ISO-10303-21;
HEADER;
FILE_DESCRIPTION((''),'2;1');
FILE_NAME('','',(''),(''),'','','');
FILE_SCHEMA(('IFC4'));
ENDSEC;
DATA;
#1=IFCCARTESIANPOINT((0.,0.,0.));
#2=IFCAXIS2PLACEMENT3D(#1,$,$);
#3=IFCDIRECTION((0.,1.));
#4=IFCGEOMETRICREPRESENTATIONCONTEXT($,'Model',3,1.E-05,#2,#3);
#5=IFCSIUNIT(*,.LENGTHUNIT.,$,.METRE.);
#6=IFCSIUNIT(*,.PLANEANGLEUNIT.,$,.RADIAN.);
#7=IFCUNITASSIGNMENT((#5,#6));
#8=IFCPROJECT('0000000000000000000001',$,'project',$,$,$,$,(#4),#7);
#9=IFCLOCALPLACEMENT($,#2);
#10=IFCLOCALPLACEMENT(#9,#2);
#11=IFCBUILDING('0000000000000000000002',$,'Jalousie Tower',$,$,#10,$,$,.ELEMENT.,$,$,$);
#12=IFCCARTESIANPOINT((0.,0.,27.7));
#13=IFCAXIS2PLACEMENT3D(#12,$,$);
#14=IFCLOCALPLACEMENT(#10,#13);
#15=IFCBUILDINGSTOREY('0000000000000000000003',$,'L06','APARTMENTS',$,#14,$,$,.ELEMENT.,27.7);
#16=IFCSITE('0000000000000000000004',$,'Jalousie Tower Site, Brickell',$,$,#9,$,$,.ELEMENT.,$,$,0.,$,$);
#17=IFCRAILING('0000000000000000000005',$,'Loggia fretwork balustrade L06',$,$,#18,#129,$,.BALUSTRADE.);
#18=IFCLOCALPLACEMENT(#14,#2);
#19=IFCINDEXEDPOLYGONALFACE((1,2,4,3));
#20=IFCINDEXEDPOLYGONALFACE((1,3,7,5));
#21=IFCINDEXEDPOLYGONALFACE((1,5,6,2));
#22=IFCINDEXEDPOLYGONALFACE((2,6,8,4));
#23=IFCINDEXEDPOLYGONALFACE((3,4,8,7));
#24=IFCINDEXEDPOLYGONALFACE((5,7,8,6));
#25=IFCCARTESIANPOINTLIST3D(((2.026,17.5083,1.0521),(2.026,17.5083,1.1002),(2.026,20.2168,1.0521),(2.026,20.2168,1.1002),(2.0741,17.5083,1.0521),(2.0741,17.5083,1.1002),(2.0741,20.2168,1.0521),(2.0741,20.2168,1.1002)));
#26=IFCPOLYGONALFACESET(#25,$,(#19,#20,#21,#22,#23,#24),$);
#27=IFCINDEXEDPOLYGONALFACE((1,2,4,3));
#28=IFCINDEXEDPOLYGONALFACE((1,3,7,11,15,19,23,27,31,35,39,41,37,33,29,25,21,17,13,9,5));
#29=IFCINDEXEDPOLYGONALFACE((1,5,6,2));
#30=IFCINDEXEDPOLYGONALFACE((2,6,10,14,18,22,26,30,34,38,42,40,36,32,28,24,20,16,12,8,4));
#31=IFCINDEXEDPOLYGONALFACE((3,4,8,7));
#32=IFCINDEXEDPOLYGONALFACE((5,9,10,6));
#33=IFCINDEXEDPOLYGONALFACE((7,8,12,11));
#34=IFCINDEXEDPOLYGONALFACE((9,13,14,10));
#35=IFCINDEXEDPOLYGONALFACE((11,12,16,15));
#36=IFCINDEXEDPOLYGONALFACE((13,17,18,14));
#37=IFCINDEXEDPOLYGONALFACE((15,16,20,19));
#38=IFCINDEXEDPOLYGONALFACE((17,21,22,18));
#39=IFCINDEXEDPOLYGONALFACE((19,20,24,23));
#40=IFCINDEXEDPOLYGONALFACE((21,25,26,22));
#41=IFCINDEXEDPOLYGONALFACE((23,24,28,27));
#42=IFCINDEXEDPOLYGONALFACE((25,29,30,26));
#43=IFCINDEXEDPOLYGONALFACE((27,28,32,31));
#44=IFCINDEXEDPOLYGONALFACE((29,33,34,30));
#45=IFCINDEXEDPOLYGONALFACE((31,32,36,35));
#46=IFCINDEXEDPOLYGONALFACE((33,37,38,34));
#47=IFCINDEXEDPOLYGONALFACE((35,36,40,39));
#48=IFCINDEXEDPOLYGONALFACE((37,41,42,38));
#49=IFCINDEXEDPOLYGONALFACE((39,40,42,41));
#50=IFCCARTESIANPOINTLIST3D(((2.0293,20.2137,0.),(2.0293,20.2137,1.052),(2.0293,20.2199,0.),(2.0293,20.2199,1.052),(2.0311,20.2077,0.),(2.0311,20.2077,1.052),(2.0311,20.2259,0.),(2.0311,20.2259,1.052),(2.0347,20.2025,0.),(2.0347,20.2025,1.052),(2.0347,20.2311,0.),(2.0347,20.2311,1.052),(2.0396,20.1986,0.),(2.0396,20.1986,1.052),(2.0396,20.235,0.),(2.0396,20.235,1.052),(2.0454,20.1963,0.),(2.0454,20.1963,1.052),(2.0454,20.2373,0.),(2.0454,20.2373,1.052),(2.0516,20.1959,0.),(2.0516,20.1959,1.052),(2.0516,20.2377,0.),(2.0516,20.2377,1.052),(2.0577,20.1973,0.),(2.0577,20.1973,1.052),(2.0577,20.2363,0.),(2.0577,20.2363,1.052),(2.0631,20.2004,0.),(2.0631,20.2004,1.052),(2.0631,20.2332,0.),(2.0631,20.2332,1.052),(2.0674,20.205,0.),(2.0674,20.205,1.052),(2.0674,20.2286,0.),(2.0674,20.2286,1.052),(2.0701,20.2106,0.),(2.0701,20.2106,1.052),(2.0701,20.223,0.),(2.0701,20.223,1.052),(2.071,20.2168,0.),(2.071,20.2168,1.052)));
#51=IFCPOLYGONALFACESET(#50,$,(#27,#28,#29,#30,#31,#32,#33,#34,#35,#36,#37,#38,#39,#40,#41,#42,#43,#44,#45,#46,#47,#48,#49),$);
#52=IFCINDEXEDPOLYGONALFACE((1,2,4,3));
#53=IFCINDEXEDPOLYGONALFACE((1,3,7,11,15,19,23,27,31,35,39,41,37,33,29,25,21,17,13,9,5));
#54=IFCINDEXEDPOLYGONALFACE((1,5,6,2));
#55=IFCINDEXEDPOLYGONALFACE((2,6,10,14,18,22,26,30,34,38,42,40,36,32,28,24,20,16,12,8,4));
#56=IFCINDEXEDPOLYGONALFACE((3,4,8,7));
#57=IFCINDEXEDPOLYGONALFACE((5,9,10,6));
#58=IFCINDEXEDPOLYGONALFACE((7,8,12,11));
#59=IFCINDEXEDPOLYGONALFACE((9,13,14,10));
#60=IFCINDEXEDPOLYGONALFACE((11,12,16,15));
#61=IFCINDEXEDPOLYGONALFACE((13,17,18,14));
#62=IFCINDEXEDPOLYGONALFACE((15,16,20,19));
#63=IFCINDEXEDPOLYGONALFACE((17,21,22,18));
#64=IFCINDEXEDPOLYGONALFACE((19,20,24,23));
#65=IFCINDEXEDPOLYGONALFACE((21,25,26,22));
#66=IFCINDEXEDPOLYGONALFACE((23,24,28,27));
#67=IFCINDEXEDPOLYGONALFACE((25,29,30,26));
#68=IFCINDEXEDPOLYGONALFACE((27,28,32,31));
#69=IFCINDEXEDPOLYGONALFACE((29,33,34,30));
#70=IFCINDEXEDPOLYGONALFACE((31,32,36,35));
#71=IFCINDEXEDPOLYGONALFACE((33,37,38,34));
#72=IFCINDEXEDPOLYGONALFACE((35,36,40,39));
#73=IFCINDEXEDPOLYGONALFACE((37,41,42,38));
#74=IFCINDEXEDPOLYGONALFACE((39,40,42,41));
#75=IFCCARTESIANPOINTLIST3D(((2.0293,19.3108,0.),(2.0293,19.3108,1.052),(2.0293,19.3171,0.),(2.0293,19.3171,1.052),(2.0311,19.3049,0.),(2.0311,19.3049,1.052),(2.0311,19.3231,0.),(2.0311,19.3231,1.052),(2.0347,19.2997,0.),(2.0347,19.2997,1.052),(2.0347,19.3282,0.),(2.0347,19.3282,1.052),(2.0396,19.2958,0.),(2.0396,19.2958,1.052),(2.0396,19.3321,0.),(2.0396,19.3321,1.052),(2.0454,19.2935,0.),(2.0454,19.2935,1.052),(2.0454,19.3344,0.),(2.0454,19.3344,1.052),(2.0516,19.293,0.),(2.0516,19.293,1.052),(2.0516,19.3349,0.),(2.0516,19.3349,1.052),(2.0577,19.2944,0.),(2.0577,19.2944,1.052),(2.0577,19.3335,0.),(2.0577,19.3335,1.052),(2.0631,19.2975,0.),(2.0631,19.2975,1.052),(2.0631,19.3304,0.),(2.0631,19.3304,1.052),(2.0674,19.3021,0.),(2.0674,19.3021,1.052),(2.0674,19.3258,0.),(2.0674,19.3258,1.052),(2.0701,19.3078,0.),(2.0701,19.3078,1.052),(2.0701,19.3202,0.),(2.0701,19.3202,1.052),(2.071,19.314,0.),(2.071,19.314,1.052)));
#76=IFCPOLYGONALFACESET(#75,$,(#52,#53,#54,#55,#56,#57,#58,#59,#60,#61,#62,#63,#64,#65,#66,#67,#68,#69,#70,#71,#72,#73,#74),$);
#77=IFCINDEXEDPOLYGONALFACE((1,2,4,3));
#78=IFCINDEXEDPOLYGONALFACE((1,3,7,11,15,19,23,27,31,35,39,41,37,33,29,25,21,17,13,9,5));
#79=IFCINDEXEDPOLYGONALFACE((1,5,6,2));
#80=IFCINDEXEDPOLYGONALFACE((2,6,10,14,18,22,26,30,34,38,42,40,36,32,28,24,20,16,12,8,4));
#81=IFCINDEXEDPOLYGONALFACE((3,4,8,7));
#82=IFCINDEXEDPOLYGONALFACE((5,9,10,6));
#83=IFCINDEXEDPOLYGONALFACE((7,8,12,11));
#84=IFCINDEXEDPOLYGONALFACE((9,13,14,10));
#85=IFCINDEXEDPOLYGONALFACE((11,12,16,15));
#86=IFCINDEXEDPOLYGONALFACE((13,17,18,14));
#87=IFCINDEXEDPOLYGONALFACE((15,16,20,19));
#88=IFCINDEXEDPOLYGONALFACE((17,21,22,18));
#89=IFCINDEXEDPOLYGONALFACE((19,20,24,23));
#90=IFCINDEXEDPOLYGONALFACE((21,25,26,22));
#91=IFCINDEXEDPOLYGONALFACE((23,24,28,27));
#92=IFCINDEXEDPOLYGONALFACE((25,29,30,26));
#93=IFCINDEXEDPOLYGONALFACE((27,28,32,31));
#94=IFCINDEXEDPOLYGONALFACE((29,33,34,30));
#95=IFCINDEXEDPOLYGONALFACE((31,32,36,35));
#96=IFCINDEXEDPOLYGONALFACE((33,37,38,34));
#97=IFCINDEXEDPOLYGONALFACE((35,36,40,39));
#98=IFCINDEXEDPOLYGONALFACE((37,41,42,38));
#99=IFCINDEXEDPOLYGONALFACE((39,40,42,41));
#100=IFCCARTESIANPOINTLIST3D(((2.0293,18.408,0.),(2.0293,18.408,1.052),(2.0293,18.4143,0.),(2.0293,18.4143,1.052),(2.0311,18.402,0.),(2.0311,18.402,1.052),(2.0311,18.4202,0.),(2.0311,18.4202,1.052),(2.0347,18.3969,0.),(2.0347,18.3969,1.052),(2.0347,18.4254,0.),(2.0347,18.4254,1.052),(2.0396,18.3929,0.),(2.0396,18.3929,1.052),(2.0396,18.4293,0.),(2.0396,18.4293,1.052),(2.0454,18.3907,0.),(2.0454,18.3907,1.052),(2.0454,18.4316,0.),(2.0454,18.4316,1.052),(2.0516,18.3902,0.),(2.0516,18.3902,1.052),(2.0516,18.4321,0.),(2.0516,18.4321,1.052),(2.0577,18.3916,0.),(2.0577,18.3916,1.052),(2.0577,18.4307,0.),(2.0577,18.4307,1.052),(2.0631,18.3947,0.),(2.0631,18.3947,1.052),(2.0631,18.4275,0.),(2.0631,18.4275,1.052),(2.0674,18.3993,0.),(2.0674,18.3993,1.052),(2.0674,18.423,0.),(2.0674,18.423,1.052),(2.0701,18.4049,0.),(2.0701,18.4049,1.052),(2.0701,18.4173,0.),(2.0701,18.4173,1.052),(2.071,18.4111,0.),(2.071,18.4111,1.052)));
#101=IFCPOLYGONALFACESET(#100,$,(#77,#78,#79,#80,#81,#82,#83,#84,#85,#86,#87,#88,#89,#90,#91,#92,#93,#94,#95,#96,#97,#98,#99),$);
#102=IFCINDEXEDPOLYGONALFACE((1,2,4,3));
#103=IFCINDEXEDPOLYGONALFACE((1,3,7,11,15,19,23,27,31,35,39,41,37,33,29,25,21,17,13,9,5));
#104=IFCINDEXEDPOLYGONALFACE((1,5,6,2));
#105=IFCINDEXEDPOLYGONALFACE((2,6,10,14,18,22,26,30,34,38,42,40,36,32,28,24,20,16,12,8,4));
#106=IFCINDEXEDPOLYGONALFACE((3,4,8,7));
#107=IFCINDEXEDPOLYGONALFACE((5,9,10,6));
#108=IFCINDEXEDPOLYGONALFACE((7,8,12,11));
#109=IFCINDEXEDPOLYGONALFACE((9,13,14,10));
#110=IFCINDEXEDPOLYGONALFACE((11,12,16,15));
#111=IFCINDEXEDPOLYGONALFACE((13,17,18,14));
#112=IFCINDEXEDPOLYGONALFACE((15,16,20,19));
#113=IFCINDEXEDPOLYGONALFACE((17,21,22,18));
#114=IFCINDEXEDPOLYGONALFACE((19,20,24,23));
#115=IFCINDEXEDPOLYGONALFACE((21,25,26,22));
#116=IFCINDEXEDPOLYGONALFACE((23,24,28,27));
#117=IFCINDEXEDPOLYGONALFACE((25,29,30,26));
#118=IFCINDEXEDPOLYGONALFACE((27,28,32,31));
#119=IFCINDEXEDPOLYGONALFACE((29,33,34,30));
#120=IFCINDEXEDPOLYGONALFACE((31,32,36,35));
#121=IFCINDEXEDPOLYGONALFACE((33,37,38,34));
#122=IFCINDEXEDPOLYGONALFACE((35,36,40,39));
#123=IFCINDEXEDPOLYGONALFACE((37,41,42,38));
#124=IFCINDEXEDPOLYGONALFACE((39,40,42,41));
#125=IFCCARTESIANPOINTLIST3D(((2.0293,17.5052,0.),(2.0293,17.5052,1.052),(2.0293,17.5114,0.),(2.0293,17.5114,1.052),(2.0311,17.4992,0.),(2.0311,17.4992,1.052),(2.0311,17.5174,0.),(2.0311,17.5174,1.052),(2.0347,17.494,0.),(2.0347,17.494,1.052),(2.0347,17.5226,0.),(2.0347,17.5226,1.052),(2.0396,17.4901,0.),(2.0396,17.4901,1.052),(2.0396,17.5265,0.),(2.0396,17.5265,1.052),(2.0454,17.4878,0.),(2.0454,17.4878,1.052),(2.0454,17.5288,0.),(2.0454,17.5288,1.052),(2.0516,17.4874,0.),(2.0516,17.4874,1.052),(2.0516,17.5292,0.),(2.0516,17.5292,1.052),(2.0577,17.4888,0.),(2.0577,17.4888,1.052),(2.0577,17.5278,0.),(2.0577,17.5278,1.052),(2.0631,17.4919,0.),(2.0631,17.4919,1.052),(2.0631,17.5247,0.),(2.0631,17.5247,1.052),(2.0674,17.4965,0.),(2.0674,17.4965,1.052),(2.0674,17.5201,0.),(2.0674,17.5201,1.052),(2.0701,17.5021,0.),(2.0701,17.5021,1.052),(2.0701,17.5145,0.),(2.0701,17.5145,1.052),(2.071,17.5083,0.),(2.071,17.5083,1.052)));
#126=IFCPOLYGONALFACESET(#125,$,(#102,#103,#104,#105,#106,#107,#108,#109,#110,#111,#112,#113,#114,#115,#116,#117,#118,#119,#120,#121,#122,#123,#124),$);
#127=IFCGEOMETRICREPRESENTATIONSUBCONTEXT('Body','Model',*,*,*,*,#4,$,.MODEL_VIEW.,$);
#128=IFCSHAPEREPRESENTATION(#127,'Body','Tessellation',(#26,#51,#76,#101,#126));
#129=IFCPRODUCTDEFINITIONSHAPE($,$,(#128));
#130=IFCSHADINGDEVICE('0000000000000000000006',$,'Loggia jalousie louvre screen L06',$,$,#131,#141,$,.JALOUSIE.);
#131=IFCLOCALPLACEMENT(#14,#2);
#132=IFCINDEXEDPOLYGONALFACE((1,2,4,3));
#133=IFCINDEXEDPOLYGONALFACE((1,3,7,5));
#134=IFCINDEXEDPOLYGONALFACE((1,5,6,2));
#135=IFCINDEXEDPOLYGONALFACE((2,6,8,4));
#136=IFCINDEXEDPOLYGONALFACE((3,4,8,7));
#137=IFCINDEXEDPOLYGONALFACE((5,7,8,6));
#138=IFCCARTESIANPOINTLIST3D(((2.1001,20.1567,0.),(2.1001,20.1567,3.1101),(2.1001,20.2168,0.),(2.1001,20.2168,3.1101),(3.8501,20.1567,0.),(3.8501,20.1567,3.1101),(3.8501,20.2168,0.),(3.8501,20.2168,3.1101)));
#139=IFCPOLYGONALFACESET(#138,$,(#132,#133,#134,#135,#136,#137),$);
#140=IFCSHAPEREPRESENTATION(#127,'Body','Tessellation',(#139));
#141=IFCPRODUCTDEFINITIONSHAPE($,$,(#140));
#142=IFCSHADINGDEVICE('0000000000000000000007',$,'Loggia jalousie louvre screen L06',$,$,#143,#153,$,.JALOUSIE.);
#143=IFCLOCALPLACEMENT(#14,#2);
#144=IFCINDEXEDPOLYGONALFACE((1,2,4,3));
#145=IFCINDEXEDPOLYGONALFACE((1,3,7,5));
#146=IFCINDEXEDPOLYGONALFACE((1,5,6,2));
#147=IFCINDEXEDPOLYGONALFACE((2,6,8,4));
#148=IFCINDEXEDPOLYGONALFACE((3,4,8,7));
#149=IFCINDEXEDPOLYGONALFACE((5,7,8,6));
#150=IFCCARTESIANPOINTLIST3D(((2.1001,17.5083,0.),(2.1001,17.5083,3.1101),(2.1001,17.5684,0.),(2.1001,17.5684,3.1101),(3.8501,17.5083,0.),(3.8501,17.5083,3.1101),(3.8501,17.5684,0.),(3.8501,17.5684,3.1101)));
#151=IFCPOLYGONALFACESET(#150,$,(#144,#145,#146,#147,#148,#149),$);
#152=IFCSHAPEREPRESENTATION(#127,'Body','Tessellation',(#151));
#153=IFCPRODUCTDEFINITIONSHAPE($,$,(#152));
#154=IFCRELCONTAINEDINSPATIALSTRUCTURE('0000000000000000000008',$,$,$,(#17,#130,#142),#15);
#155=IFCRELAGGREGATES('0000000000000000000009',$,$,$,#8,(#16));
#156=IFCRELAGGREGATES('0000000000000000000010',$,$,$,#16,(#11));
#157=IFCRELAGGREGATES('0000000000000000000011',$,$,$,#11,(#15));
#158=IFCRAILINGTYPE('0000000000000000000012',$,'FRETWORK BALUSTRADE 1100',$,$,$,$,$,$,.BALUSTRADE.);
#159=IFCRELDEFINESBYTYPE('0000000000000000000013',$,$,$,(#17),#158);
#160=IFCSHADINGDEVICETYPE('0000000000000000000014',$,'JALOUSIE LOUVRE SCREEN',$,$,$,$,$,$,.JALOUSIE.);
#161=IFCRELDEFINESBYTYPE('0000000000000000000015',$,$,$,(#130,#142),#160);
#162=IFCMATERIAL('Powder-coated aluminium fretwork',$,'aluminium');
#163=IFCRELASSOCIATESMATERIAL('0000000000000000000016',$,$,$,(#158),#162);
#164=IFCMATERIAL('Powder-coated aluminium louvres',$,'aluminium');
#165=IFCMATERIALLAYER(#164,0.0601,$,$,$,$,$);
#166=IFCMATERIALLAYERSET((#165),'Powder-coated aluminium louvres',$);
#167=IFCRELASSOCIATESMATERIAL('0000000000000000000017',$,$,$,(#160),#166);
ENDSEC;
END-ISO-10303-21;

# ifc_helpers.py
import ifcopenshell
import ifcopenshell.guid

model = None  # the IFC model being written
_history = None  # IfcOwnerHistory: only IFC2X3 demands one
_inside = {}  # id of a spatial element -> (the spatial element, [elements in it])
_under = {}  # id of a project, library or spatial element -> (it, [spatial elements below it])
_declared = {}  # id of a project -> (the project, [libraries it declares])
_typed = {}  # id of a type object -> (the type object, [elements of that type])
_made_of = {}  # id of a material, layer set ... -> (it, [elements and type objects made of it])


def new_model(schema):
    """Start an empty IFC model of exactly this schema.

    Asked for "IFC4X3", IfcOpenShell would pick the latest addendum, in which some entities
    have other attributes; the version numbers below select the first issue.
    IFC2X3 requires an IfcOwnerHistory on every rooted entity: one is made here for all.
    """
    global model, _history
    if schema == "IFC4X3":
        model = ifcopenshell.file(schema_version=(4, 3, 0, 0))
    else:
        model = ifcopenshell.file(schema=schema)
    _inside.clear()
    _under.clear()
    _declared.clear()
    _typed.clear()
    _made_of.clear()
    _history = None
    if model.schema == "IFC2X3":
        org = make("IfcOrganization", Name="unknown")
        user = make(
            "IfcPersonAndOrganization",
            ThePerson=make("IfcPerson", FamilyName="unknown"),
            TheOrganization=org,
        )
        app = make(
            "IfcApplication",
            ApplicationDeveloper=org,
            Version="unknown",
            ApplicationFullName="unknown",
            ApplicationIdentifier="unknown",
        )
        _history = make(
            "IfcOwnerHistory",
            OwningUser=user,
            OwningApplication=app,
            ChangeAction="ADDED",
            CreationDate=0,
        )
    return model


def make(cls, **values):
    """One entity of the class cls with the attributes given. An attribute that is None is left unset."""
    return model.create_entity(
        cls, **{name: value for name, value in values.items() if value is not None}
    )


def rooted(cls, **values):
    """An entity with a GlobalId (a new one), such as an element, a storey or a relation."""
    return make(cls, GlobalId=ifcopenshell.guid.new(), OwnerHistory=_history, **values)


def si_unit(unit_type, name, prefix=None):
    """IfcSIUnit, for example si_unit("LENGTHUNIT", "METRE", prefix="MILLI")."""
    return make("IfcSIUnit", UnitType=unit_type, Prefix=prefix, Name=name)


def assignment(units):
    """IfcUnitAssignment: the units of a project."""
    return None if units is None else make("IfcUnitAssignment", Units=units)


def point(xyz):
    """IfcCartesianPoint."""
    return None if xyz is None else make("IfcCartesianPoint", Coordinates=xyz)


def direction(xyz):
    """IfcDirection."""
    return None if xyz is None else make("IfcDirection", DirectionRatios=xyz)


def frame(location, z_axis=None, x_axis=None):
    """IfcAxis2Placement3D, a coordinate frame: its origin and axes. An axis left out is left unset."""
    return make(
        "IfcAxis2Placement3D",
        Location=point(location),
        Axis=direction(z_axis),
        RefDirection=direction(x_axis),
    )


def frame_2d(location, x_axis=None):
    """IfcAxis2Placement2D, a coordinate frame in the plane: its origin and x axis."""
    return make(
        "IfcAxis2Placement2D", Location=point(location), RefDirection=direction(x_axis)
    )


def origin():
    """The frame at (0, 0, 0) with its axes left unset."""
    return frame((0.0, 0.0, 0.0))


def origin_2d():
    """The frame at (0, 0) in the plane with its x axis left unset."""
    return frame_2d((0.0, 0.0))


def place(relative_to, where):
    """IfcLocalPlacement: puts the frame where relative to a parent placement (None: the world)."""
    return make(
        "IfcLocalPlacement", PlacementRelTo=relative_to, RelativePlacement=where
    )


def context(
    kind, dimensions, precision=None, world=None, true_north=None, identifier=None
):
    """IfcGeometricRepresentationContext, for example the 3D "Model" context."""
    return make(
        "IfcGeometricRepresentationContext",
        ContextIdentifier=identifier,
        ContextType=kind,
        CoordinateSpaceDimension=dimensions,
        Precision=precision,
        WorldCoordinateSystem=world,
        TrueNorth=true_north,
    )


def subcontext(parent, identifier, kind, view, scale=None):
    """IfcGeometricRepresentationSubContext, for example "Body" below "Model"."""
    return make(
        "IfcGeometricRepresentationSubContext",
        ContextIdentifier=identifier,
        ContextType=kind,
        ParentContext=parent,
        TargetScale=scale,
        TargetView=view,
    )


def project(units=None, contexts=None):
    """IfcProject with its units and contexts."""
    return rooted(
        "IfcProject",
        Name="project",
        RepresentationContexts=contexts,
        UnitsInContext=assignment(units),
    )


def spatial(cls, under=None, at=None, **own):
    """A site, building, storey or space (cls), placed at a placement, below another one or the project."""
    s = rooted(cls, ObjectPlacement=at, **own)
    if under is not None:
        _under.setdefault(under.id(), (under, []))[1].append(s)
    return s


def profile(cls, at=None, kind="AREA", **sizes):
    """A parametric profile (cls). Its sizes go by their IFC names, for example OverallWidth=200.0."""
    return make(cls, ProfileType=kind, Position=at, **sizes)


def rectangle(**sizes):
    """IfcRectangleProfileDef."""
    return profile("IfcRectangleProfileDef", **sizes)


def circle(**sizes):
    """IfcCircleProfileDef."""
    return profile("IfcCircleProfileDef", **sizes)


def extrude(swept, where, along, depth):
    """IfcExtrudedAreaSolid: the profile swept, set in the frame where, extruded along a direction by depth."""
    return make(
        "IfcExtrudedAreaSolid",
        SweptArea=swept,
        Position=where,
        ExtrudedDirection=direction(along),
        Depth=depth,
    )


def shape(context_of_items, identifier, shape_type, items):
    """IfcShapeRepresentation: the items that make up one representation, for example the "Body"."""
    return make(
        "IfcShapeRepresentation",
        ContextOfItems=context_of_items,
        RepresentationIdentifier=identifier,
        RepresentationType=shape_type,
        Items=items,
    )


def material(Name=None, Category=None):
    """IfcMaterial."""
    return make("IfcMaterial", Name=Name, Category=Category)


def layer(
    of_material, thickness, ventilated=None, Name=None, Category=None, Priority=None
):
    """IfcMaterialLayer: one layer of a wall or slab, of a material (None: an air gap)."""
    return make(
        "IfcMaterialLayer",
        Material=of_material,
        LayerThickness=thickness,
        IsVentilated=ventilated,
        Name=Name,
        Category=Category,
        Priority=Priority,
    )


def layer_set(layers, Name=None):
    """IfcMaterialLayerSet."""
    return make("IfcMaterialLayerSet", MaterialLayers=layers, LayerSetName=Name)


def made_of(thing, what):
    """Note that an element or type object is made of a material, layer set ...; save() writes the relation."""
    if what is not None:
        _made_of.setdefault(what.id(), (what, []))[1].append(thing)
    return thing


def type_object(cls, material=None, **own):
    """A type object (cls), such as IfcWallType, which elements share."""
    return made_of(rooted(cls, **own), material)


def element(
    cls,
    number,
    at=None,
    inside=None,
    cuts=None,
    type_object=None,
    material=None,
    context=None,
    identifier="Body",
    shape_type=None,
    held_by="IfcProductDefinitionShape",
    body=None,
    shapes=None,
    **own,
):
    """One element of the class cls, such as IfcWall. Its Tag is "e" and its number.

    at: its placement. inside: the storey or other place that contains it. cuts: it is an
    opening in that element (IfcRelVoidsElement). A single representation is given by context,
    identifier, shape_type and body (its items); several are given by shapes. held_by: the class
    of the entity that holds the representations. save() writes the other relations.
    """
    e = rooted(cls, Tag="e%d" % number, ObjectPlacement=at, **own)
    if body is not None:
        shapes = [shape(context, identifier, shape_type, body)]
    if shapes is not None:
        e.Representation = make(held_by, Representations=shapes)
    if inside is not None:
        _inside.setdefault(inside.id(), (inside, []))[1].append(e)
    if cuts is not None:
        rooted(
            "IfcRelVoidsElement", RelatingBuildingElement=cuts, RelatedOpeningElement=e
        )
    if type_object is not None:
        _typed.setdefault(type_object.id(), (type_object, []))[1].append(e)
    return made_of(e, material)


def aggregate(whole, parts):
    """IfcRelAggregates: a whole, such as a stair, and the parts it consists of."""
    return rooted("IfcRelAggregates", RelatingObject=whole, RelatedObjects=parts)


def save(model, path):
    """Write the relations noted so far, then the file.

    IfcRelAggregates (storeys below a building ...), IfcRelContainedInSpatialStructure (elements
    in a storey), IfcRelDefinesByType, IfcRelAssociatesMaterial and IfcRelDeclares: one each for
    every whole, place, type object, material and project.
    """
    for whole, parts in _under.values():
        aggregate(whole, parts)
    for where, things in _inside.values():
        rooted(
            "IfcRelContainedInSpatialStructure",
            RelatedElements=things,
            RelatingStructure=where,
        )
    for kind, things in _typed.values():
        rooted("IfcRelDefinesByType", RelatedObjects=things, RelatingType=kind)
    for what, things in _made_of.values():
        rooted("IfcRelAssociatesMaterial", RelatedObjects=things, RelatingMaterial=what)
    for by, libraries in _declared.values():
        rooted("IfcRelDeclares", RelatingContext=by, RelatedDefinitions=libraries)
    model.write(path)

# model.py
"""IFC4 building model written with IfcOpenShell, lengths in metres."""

from ifc_helpers import new_model, si_unit, direction, frame, origin, origin_2d, place, context, subcontext, project, spatial, rectangle, circle, extrude, material, layer, layer_set, type_object, element, save


model = new_model("IFC4")

# Units and contexts
model_context = context("Model", 3, precision=1e-05, world=origin(), true_north=direction((0.0, 1.0)))
body_context = subcontext(model_context, "Body", "Model", "MODEL_VIEW")
ifc_project = project(units=[si_unit("LENGTHUNIT", "METRE"), si_unit("PLANEANGLEUNIT", "RADIAN")], contexts=[model_context])

# Site, building, storey
site_placement = place(None, origin())
site = spatial("IfcSite", under=ifc_project, at=site_placement, Name="Jalousie Tower Site, Brickell", CompositionType="ELEMENT", RefElevation=0.0)
building_placement = place(site_placement, origin())
building = spatial("IfcBuilding", under=site, at=building_placement, Name="Jalousie Tower", CompositionType="ELEMENT")
storey_placement = place(building_placement, frame((0.0, 0.0, 27.7)))
storey = spatial("IfcBuildingStorey", under=building, at=storey_placement, Name="L06", Description="APARTMENTS", CompositionType="ELEMENT", Elevation=27.7)

# Railing
ifc_material_1 = material(Name="Powder-coated aluminium fretwork", Category="aluminium")
railing_type = type_object("IfcRailingType", Name="FRETWORK BALUSTRADE 1100", PredefinedType="BALUSTRADE", material=ifc_material_1)
railing_placement = place(storey_placement, frame((2.05, 20.2168, 0.0)))
element("IfcRailing", 1, at=railing_placement, inside=storey, type_object=railing_type, Name="Loggia fretwork balustrade L06", PredefinedType="BALUSTRADE", context=body_context, shape_type="SweptSolid", body=[
    extrude(rectangle(XDim=0.0481, YDim=0.0481, at=origin_2d()), frame((0.0, 0.0, 1.0762), z_axis=(0.0, -1.0, 0.0), x_axis=(1.0, 0.0, 0.0)), (0.0, 0.0, 1.0), 2.7085),
    extrude(circle(Radius=0.021, at=origin_2d()), origin(), (0.0, 0.0, 1.0), 1.052),
    extrude(circle(Radius=0.021, at=origin_2d()), frame((0.0, -0.9028, 0.0)), (0.0, 0.0, 1.0), 1.052),
    extrude(circle(Radius=0.021, at=origin_2d()), frame((0.0, -1.8057, 0.0)), (0.0, 0.0, 1.0), 1.052),
    extrude(circle(Radius=0.021, at=origin_2d()), frame((0.0, -2.7085, 0.0)), (0.0, 0.0, 1.0), 1.052),
])

# Shading devices
ifc_material_2 = material(Name="Powder-coated aluminium louvres", Category="aluminium")
ifc_layer_1 = layer(ifc_material_2, 0.0601)
ifc_layer_set_1 = layer_set([ifc_layer_1], Name="Powder-coated aluminium louvres")
shading_device_type_1 = type_object("IfcShadingDeviceType", Name="JALOUSIE LOUVRE SCREEN", PredefinedType="JALOUSIE", material=ifc_layer_set_1)
for number, where, z_axis, x_axis, name in (
    (2, (2.9751, 20.1868, 0.0), (0.0, 0.0, 1.0), (0.0, -1.0, 0.0), "Loggia jalousie louvre screen L06"),
    (3, (2.9751, 17.5383, 0.0), (0.0, 0.0, 1.0), (0.0, -1.0, 0.0), "Loggia jalousie louvre screen L06"),
):
    element("IfcShadingDevice", number, at=place(storey_placement, frame(where, z_axis=z_axis, x_axis=x_axis)), inside=storey, type_object=shading_device_type_1, Name=name, PredefinedType="JALOUSIE", context=body_context, shape_type="SweptSolid", body=[
        extrude(rectangle(XDim=0.0601, YDim=1.75, at=origin_2d()), origin(), (0.0, 0.0, 1.0), 3.1101),
    ])

save(model, "model.ifc")
